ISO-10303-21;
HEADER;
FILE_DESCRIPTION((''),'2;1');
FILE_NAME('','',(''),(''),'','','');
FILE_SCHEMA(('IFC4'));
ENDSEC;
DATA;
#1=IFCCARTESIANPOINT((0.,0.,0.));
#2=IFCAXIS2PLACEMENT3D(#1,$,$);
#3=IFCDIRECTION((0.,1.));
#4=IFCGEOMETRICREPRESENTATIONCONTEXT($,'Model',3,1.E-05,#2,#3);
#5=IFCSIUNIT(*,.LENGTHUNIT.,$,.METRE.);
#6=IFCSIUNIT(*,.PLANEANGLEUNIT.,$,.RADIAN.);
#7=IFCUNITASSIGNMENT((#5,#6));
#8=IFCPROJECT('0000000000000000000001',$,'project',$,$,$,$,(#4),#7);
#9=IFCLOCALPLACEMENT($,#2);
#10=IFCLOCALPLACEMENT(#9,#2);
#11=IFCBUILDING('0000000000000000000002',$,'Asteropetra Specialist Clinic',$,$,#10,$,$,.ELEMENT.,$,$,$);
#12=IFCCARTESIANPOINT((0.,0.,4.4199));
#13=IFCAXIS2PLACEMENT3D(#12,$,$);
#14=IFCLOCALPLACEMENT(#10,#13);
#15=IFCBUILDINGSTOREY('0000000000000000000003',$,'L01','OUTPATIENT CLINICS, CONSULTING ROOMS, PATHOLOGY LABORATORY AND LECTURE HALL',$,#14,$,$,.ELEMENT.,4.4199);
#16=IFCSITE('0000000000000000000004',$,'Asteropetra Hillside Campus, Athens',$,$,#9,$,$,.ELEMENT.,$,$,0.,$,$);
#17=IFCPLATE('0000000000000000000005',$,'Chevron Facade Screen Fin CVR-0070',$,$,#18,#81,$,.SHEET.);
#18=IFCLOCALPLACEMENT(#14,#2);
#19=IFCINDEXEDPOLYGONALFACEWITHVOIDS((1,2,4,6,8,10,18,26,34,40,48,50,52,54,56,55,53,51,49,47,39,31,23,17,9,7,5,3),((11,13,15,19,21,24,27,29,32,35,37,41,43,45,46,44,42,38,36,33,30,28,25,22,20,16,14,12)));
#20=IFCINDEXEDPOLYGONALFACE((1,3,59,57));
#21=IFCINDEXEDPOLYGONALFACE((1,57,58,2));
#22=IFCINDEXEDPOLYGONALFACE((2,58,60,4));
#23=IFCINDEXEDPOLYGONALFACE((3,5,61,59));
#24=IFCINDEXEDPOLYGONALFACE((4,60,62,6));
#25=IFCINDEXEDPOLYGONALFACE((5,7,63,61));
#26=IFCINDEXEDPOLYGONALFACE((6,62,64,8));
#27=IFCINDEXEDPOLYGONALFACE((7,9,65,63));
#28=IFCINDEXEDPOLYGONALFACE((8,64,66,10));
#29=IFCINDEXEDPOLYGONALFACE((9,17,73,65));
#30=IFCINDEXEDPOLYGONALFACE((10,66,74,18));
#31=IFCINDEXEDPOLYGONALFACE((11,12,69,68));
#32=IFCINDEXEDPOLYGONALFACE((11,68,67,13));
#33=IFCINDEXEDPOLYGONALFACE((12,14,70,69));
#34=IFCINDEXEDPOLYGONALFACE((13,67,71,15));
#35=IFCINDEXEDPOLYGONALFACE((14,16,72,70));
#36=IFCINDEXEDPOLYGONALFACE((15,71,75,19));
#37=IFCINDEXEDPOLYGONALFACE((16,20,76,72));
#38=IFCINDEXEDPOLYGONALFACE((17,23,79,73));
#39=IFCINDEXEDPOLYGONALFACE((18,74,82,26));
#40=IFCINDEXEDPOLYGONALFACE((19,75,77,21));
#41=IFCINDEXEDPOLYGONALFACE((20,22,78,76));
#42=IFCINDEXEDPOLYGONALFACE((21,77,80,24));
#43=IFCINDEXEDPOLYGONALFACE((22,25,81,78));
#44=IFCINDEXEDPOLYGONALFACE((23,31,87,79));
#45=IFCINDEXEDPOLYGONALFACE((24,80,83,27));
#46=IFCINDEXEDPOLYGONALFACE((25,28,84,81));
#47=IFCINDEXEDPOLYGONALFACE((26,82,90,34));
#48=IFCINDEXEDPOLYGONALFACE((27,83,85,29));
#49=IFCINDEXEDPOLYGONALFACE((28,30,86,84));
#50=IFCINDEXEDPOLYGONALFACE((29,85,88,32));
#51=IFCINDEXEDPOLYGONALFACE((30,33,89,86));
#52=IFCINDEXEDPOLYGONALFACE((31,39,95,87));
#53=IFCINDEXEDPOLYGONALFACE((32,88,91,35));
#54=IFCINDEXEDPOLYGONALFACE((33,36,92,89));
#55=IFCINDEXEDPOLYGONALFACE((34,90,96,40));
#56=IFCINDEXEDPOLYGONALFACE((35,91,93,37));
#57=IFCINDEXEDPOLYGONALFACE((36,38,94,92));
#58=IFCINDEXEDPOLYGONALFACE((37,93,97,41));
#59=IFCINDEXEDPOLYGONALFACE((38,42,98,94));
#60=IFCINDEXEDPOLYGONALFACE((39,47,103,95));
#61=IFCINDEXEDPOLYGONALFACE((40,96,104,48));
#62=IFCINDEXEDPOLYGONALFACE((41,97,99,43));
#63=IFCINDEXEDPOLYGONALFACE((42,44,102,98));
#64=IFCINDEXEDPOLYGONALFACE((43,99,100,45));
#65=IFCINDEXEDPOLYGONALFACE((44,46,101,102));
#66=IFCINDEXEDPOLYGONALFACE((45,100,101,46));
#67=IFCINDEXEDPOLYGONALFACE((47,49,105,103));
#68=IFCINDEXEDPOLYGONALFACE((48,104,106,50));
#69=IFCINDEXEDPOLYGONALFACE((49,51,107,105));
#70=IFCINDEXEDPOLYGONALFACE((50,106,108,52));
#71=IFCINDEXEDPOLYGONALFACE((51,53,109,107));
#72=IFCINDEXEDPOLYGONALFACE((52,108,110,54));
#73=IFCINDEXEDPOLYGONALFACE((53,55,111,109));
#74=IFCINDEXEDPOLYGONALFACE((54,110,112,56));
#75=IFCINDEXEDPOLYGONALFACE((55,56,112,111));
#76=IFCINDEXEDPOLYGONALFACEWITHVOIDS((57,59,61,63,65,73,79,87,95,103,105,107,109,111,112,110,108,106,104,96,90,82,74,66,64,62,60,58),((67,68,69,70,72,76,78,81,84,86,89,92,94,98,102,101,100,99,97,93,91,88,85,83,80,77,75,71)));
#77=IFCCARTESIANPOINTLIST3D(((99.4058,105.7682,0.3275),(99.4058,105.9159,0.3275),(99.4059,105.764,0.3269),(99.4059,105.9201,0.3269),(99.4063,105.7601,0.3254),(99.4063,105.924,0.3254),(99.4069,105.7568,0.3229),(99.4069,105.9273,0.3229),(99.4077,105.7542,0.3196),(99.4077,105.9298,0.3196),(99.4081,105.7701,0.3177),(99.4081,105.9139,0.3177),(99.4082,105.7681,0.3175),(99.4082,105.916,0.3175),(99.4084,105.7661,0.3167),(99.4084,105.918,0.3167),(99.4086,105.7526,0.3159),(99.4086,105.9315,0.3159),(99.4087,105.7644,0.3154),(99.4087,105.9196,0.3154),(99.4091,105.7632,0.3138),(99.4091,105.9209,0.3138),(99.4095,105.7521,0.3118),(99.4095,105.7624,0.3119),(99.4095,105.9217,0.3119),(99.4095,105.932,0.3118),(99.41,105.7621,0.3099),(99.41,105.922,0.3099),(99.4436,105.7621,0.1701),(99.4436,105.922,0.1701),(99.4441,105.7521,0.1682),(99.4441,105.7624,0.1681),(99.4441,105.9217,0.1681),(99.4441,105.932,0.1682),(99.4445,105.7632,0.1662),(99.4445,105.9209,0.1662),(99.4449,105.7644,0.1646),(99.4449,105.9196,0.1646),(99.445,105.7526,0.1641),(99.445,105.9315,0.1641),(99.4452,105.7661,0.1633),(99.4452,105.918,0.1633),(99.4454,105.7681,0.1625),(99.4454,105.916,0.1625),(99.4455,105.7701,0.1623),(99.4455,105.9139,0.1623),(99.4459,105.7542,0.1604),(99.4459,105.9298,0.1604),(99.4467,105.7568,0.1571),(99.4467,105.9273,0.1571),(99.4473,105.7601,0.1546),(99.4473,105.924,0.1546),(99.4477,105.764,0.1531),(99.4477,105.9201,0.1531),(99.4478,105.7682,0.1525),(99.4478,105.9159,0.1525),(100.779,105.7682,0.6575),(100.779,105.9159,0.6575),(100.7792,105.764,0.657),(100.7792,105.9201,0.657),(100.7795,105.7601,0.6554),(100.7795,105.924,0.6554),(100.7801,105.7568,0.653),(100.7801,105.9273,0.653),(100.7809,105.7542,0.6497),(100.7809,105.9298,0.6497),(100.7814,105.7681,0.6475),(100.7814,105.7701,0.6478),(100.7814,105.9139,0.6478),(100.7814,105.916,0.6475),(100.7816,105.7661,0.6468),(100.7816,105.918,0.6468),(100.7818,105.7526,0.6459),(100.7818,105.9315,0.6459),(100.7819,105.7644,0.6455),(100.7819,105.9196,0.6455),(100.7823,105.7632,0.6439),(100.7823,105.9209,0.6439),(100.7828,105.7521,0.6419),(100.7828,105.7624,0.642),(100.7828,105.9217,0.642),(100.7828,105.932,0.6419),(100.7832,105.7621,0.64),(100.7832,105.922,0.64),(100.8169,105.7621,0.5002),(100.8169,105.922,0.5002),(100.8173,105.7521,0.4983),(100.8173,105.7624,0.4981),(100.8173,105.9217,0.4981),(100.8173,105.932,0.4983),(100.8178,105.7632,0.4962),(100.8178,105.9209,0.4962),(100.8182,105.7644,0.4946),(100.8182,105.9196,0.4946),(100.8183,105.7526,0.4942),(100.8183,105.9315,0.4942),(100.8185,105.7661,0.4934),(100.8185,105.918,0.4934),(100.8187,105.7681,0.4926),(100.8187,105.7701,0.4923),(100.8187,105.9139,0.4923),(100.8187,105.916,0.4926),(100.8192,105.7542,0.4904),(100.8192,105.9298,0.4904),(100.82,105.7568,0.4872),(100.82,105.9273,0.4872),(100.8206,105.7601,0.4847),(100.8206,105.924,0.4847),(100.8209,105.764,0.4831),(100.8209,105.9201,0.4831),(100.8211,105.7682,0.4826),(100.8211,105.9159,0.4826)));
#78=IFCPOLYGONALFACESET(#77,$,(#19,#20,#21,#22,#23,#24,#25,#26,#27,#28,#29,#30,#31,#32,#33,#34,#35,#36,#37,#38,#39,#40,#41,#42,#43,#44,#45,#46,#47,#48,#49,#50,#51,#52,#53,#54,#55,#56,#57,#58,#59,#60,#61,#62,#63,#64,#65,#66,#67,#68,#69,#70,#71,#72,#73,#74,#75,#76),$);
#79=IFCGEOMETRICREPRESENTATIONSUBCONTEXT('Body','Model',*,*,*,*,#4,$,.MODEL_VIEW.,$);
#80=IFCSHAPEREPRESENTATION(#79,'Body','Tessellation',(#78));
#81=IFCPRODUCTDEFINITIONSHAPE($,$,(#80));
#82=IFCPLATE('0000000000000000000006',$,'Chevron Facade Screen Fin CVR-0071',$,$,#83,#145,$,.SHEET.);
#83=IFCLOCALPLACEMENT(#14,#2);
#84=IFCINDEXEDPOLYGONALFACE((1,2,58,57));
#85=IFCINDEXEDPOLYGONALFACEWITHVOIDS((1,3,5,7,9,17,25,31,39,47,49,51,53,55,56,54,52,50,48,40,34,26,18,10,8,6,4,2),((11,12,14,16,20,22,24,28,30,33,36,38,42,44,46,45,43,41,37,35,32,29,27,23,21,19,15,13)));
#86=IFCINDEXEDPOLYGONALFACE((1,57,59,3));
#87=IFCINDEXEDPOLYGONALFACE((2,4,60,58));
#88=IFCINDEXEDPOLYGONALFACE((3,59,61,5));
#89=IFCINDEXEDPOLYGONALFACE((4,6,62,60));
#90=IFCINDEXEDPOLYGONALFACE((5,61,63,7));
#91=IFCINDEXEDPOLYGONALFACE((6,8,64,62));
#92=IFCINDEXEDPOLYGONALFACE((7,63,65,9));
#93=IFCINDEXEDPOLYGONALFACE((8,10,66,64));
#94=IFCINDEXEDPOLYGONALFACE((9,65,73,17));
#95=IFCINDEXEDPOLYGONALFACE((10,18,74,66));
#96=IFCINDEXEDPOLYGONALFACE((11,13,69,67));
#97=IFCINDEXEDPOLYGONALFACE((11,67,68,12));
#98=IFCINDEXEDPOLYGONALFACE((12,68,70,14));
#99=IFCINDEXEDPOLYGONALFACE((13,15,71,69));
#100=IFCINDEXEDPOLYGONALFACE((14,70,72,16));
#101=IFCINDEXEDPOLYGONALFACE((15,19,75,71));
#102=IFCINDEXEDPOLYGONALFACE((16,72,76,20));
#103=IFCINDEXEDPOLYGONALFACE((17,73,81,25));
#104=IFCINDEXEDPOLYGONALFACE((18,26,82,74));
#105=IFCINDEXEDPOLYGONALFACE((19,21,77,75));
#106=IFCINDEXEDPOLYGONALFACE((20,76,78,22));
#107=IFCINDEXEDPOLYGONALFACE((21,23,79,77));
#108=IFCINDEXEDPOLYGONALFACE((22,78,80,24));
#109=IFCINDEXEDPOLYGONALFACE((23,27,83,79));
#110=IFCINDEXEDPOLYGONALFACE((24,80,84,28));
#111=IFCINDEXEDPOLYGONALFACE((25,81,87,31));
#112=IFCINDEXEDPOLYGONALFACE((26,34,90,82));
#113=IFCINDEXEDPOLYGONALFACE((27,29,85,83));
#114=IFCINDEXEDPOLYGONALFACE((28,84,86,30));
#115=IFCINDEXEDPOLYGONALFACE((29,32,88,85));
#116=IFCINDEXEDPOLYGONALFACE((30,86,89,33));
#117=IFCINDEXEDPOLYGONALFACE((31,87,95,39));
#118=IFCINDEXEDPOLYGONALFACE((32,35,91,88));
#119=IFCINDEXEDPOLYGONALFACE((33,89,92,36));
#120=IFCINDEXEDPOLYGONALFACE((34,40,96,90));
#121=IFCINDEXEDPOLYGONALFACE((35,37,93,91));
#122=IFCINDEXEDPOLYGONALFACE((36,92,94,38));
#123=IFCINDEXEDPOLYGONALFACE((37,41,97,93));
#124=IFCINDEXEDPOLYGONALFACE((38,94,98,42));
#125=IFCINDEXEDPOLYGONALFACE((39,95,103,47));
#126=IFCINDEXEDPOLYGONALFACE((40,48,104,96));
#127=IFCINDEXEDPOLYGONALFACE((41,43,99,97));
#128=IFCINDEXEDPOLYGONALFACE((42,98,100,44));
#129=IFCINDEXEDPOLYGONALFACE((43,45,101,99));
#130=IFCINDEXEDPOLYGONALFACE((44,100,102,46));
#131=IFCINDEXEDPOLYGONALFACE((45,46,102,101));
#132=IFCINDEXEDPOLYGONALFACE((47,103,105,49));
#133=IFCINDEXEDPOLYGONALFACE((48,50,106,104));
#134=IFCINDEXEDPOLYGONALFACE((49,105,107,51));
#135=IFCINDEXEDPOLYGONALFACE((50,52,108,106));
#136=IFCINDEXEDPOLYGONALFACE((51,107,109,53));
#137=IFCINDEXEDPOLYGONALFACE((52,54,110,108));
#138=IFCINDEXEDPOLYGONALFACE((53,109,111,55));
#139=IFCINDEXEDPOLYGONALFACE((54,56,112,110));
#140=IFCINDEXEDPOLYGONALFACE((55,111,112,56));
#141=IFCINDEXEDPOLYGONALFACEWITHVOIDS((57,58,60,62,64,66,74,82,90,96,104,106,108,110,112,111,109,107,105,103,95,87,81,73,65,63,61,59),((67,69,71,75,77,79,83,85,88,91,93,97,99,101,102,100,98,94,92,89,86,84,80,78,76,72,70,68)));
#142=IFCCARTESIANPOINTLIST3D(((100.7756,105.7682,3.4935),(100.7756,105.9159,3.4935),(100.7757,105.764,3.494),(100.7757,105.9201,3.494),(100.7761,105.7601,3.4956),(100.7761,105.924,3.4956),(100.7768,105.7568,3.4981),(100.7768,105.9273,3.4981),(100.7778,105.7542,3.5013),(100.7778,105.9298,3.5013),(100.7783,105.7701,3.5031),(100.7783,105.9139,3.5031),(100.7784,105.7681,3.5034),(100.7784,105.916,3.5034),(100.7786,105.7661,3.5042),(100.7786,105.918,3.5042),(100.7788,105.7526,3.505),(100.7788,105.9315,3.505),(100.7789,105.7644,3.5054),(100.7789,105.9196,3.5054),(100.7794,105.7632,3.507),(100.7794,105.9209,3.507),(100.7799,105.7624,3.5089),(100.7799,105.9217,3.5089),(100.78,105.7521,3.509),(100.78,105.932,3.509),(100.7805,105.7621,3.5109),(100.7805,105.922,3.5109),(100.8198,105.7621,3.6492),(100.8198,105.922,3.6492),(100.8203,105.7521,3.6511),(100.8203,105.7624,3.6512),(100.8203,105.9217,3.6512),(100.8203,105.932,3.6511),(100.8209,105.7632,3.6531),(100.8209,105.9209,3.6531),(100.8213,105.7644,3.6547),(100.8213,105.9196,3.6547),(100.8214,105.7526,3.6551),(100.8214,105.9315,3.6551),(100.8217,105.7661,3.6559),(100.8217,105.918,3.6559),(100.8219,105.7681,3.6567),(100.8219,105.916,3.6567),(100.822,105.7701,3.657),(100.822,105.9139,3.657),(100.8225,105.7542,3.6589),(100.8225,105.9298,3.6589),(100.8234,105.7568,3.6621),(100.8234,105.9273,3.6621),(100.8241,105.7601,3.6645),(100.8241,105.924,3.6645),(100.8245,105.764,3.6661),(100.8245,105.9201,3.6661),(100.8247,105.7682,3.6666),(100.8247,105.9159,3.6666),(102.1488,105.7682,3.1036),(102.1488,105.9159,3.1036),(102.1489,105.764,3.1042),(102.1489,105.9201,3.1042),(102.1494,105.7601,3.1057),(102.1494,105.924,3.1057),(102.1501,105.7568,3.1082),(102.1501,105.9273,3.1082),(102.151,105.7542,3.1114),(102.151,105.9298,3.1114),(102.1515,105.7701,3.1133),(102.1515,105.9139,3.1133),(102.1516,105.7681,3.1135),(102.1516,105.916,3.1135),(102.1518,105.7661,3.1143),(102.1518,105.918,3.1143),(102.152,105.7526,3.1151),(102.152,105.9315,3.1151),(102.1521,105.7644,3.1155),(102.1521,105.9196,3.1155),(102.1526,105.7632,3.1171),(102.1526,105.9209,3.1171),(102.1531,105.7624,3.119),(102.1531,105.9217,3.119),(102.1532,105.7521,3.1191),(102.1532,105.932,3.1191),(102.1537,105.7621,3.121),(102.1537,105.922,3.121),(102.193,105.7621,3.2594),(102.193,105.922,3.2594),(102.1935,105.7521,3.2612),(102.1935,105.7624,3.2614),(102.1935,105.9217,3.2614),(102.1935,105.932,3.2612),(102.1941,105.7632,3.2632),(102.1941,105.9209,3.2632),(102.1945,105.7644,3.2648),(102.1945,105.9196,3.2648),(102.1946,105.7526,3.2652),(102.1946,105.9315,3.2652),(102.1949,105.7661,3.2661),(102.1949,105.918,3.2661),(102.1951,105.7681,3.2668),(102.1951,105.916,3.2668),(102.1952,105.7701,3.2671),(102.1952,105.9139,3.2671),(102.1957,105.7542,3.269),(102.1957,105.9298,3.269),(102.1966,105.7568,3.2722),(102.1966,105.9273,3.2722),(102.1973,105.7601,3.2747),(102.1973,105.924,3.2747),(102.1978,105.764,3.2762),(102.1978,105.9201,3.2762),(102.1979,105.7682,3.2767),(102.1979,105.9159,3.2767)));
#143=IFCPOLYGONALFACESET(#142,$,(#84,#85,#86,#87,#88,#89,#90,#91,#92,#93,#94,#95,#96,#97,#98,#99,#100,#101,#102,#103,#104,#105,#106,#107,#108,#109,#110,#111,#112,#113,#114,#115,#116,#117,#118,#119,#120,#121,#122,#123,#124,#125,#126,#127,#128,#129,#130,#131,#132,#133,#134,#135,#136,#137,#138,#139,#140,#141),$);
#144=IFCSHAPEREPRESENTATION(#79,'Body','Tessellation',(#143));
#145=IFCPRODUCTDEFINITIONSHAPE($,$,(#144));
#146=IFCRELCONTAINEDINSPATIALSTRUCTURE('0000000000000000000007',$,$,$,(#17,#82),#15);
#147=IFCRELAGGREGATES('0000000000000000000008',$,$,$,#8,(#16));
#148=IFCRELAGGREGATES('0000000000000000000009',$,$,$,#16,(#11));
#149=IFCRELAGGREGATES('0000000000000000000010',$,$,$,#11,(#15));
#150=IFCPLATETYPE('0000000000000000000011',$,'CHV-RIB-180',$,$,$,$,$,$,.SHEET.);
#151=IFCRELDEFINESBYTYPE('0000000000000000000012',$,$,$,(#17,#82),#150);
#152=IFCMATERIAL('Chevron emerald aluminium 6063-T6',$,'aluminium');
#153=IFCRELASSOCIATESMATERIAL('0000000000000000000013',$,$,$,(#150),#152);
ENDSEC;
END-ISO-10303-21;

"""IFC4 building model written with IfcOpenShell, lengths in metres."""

from ifc_helpers import new_model, si_unit, direction, frame, origin, origin_2d, place, context, subcontext, project, spatial, hollow_rectangle, extrude, material, material_profile, profile_set, type_object, element, save


model = new_model("IFC4")

# Units and contexts
model_context = context("Model", 3, precision=1e-05, world=origin(), true_north=direction((0.0, 1.0)))
body_context = subcontext(model_context, "Body", "Model", "MODEL_VIEW")
ifc_project = project(units=[si_unit("LENGTHUNIT", "METRE"), si_unit("PLANEANGLEUNIT", "RADIAN")], contexts=[model_context])

# Site, building, storey
site_placement = place(None, origin())
site = spatial("IfcSite", under=ifc_project, at=site_placement, Name="Asteropetra Hillside Campus, Athens", CompositionType="ELEMENT", RefElevation=0.0)
building_placement = place(site_placement, origin())
building = spatial("IfcBuilding", under=site, at=building_placement, Name="Asteropetra Specialist Clinic", CompositionType="ELEMENT")
storey_placement = place(building_placement, frame((0.0, 0.0, 4.4199)))
storey = spatial("IfcBuildingStorey", under=building, at=storey_placement, Name="L01", Description="OUTPATIENT CLINICS, CONSULTING ROOMS, PATHOLOGY LABORATORY AND LECTURE HALL", CompositionType="ELEMENT", Elevation=4.4199)

# Plates
ifc_material_1 = material(Name="Chevron emerald aluminium 6063-T6", Category="aluminium")
ifc_material_profile_1 = material_profile(ifc_material_1, hollow_rectangle(XDim=0.1799, YDim=0.1799, WallThickness=0.01, InnerFilletRadius=0.0081, OuterFilletRadius=0.0161, at=origin_2d()), Name="SHS 180x180x10.0")
ifc_profile_set_1 = profile_set([ifc_material_profile_1], Name="Chevron emerald aluminium 6063-T6")
plate_type = type_object("IfcPlateType", Name="CHV-RIB-180", PredefinedType="SHEET", material=ifc_profile_set_1)
for number, where, z_axis, x_axis, name in (
    (1, (100.8, 105.842, 0.5701), (-0.972309, 0.0, -0.2337), (0.0, -1.0, 0.0), "Chevron Facade Screen Fin CVR-0070"),
):
    element("IfcPlate", number, at=place(storey_placement, frame(where, z_axis=z_axis, x_axis=x_axis)), inside=storey, type_object=plate_type, Name=name, PredefinedType="SHEET", context=body_context, shape_type="SweptSolid", body=[
        extrude(hollow_rectangle(XDim=0.1799, YDim=0.1799, WallThickness=0.01, InnerFilletRadius=0.0081, OuterFilletRadius=0.0161, at=origin_2d()), origin(), (0.0, 0.0, 1.0), 1.4124),
    ])
for number, where, z_axis, x_axis, name in (
    (2, (102.1733, 105.842, 3.1902), (-0.961981, 0.0, 0.273117), (0.0, -1.0, 0.0), "Chevron Facade Screen Fin CVR-0071"),
):
    element("IfcPlate", number, at=place(storey_placement, frame(where, z_axis=z_axis, x_axis=x_axis)), inside=storey, type_object=plate_type, Name=name, PredefinedType="SHEET", context=body_context, shape_type="SweptSolid", body=[
        extrude(hollow_rectangle(XDim=0.1799, YDim=0.1799, WallThickness=0.01, InnerFilletRadius=0.0081, OuterFilletRadius=0.0161, at=origin_2d()), origin(), (0.0, 0.0, 1.0), 1.4275),
    ])

save(model, "model.ifc")
